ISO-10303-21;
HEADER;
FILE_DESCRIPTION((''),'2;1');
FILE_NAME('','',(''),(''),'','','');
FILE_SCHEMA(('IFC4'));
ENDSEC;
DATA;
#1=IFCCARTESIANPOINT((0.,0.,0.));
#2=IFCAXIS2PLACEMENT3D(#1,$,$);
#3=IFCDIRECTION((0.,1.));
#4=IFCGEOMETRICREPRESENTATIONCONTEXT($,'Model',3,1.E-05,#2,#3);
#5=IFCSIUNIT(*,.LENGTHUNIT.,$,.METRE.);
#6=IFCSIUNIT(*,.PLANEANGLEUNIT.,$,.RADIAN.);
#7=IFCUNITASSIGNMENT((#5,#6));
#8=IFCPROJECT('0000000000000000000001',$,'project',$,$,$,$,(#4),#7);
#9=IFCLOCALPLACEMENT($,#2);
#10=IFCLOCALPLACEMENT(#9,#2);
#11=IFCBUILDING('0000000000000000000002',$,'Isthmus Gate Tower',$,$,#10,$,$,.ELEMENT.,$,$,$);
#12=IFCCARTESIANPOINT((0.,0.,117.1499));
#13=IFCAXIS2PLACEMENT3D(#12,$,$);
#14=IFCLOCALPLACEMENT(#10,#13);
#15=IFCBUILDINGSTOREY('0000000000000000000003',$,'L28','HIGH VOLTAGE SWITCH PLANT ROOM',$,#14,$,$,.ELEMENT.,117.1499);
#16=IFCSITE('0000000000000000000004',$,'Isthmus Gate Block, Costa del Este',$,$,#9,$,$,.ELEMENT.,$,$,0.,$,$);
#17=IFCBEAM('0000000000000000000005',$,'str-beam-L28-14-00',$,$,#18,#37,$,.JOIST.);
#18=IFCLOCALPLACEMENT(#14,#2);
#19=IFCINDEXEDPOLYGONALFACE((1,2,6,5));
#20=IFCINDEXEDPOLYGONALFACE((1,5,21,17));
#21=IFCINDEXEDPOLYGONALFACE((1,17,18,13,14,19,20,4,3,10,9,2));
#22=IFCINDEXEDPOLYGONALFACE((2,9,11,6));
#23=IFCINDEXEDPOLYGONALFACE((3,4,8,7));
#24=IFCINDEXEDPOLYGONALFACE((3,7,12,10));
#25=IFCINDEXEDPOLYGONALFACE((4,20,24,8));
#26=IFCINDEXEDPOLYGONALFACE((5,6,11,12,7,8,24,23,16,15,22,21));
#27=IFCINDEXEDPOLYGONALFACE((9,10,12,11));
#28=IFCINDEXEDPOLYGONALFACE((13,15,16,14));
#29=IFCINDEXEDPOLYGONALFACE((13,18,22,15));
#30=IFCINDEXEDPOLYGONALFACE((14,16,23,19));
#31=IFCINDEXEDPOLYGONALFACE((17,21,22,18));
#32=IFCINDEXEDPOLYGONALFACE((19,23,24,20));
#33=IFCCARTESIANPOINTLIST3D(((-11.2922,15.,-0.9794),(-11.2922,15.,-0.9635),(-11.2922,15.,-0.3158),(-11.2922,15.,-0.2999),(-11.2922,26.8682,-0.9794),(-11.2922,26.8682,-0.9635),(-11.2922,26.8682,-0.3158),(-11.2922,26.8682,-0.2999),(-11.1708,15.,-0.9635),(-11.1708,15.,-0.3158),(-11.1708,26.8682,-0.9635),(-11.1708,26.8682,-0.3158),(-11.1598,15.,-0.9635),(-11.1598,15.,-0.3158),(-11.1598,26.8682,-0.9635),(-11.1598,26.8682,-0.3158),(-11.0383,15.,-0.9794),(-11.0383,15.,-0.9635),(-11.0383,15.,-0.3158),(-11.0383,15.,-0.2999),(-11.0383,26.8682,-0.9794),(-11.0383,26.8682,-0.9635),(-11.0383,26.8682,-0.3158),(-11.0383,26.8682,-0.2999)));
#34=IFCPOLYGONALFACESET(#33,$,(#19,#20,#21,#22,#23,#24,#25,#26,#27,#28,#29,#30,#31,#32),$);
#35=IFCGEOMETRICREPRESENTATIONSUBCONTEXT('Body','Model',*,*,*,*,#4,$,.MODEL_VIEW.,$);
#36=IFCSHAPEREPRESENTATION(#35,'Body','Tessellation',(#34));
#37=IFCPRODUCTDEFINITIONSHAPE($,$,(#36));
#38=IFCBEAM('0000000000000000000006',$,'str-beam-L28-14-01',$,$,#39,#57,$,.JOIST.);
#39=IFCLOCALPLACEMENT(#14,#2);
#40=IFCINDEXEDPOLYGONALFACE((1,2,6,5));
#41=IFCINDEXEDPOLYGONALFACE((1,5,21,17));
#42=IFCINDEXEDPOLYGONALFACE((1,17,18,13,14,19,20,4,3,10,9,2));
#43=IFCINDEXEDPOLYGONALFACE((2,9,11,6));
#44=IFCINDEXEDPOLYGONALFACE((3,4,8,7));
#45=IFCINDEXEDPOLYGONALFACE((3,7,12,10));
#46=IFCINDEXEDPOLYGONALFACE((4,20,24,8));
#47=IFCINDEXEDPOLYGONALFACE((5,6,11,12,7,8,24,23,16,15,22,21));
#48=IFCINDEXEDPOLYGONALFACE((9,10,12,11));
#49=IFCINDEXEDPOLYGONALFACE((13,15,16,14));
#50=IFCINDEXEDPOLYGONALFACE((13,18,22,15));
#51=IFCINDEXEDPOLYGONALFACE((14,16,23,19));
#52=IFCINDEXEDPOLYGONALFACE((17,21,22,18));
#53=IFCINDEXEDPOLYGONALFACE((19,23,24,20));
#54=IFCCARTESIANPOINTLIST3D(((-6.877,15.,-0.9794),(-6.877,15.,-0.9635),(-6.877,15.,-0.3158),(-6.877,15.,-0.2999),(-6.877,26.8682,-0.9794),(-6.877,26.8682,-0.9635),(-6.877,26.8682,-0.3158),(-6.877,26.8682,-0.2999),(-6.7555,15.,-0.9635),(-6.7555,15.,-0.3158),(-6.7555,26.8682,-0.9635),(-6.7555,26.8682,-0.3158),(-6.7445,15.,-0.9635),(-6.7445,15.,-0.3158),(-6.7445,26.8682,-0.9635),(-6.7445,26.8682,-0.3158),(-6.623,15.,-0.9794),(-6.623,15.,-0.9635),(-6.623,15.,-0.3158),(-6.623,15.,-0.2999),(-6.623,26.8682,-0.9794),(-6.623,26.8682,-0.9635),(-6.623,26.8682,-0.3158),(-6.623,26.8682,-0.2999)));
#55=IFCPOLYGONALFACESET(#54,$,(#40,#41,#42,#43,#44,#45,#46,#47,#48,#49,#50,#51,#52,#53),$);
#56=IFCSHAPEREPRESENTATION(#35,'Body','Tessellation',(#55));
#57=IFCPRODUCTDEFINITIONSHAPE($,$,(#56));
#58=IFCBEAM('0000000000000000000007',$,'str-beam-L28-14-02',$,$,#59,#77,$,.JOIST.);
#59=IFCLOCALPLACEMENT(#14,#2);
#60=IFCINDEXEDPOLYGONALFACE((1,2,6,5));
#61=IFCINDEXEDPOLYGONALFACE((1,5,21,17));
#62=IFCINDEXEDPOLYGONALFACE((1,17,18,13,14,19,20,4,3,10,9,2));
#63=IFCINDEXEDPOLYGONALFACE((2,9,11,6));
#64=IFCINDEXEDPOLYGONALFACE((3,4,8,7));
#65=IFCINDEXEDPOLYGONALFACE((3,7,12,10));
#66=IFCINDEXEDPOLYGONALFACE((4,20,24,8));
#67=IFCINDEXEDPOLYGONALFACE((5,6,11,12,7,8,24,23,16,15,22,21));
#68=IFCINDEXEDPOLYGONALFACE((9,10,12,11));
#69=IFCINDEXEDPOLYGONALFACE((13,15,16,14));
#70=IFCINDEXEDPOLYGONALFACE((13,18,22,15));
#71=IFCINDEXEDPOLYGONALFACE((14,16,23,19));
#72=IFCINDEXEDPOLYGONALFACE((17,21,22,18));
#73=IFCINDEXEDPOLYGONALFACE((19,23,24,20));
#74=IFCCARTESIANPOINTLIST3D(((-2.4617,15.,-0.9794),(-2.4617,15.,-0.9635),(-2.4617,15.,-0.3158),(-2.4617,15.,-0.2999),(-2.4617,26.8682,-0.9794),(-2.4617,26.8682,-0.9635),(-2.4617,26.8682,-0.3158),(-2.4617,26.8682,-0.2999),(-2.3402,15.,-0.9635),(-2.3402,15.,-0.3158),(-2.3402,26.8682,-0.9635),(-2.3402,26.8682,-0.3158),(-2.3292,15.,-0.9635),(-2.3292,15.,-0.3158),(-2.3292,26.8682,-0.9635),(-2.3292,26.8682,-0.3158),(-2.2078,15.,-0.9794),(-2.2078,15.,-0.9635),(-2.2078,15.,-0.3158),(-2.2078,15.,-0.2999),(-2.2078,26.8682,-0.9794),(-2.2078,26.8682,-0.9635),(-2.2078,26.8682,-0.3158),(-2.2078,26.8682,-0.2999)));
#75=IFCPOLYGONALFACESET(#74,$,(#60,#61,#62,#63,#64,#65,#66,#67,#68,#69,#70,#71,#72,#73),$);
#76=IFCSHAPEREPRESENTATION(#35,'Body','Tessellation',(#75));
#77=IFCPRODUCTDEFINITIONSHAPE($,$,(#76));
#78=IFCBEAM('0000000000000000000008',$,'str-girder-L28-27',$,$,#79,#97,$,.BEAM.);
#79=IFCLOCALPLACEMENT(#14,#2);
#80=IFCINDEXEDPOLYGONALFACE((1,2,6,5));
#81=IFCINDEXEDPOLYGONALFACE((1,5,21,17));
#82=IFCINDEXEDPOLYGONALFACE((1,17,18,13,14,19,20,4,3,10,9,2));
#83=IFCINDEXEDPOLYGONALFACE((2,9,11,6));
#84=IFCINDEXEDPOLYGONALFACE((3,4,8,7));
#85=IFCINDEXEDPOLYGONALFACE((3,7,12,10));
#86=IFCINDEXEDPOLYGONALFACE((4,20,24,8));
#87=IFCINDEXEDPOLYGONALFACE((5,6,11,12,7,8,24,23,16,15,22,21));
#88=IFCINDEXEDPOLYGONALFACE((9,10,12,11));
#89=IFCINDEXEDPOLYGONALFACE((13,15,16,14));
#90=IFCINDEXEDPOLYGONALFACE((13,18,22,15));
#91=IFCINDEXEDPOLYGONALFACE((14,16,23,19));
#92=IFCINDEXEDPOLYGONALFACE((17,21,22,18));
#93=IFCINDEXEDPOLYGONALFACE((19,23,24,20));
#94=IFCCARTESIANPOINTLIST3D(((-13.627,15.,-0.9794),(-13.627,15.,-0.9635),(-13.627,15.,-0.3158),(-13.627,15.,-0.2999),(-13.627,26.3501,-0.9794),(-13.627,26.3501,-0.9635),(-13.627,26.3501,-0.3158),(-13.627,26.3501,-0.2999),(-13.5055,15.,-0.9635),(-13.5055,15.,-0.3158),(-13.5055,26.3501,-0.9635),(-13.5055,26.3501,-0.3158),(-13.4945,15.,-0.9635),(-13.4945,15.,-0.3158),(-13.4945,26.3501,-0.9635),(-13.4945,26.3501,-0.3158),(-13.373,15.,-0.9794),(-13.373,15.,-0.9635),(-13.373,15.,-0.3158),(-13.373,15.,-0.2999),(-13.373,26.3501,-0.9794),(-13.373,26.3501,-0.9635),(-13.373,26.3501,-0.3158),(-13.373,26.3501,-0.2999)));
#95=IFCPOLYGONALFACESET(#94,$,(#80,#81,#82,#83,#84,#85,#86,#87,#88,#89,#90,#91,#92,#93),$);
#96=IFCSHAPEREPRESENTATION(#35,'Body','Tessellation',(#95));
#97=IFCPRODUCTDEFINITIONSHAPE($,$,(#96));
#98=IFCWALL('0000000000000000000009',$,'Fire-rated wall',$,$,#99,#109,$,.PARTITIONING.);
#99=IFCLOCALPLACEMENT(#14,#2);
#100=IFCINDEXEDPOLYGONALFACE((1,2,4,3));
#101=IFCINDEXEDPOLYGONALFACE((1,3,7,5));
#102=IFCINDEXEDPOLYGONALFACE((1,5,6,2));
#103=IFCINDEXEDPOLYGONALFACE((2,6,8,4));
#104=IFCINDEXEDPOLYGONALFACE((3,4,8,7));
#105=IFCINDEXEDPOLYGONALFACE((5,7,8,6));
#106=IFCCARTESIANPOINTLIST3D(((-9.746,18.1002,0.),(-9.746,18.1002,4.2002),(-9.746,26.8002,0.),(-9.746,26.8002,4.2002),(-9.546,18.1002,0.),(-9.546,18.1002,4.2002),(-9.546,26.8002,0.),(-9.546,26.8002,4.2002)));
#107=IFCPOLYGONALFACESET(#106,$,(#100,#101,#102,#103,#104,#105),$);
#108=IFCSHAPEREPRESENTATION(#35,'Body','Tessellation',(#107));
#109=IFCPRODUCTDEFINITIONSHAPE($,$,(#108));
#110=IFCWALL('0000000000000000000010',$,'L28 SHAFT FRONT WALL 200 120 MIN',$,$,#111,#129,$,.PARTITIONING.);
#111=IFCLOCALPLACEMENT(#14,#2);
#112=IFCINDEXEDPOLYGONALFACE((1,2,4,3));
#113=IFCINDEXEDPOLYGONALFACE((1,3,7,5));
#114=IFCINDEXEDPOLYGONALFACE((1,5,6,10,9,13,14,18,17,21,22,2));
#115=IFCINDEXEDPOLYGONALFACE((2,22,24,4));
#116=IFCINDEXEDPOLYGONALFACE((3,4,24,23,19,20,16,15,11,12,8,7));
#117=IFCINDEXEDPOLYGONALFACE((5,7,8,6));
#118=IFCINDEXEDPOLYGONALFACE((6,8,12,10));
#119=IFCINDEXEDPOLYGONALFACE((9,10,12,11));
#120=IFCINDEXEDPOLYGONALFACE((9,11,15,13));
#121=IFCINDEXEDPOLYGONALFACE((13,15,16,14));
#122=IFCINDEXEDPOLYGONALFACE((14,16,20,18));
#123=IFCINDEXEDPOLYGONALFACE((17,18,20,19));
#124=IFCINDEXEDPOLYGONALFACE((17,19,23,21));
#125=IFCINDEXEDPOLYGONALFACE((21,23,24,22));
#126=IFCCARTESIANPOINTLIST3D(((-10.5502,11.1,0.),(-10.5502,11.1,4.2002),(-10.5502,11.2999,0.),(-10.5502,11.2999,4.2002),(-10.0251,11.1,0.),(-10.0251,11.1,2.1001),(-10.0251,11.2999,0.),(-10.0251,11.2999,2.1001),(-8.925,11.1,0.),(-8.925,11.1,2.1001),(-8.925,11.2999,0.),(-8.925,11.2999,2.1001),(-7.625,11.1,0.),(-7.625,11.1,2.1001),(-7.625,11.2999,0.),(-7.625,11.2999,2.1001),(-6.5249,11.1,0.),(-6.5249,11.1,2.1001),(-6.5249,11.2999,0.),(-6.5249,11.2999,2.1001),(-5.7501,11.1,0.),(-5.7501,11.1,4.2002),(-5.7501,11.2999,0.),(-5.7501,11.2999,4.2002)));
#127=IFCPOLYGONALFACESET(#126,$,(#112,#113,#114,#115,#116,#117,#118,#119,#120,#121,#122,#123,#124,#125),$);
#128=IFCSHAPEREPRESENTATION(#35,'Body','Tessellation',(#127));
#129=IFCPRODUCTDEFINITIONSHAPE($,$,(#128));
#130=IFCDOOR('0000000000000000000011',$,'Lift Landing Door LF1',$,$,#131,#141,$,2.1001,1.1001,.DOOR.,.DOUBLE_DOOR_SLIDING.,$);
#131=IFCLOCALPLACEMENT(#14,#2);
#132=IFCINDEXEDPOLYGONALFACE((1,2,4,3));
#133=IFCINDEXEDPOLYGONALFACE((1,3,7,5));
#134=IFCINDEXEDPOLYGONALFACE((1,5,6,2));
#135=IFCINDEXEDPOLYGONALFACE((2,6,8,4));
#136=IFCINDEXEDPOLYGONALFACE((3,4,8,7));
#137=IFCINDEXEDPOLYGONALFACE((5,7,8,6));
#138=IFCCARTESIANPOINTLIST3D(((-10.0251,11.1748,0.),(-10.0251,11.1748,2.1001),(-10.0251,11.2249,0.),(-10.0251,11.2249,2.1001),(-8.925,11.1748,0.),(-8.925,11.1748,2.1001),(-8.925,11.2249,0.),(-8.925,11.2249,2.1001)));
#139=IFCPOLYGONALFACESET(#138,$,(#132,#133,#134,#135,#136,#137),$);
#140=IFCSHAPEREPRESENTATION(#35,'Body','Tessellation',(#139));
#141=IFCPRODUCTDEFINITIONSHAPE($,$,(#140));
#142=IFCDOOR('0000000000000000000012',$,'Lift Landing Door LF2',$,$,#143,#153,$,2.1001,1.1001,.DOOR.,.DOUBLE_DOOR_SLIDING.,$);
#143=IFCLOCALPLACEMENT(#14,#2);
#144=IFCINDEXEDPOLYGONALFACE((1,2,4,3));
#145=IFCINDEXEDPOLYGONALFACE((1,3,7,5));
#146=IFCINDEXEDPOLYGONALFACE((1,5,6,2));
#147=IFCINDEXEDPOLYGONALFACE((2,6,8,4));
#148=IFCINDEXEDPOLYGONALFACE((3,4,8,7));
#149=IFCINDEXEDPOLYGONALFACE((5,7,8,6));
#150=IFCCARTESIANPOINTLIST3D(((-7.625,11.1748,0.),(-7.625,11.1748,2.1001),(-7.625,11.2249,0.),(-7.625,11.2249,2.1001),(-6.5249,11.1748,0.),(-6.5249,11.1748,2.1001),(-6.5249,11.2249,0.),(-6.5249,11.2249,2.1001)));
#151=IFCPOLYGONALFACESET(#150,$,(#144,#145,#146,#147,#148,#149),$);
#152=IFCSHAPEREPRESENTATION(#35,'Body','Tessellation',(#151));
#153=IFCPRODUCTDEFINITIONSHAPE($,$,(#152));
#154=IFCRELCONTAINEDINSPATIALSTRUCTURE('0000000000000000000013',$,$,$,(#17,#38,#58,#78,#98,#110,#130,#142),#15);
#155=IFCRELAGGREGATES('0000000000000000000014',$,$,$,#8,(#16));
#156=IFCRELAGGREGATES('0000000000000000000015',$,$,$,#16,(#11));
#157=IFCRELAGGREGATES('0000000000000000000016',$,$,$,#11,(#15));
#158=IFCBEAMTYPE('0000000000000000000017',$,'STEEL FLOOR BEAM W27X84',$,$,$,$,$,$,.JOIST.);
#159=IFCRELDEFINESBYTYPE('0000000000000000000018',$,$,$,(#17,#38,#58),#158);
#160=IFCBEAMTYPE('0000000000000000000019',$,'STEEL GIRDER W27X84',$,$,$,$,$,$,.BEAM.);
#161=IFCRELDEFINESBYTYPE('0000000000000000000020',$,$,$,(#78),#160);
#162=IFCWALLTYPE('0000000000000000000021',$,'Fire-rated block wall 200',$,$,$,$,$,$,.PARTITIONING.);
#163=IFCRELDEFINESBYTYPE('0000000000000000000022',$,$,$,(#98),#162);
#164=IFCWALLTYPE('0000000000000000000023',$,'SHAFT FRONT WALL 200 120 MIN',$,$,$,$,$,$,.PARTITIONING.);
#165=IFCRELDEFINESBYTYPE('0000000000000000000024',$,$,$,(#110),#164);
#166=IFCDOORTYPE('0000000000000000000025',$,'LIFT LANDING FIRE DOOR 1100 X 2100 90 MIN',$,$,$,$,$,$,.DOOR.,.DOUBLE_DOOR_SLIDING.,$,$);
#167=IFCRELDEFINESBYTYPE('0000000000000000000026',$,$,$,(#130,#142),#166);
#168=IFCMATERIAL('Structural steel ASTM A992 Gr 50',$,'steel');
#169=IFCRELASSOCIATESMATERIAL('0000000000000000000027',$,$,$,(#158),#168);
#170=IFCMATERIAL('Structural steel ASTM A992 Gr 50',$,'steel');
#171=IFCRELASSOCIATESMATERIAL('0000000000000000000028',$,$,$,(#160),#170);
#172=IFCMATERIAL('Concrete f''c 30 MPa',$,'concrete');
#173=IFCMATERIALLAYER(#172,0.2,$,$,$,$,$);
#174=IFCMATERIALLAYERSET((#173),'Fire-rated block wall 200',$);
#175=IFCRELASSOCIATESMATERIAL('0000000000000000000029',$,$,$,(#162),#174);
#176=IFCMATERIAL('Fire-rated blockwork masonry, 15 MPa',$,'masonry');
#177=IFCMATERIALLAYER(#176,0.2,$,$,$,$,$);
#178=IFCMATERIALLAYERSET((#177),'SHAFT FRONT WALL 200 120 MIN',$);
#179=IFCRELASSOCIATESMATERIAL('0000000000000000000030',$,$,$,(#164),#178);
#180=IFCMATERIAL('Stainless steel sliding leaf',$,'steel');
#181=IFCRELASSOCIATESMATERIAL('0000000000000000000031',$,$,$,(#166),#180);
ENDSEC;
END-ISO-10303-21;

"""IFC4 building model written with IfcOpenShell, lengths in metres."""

from ifc_helpers import new_model, si_unit, direction, frame, frame_2d, origin, origin_2d, place, context, subcontext, project, spatial, rectangle, i_section, extrude, material, layer, layer_set, material_profile, profile_set, type_object, element, fill, save


model = new_model("IFC4")

# Units and contexts
model_context = context("Model", 3, precision=1e-05, world=origin(), true_north=direction((0.0, 1.0)))
body_context = subcontext(model_context, "Body", "Model", "MODEL_VIEW")
ifc_project = project(units=[si_unit("LENGTHUNIT", "METRE"), si_unit("PLANEANGLEUNIT", "RADIAN")], contexts=[model_context])

# Site, building, storey
site_placement = place(None, origin())
site = spatial("IfcSite", under=ifc_project, at=site_placement, Name="Isthmus Gate Block, Costa del Este", CompositionType="ELEMENT", RefElevation=0.0)
building_placement = place(site_placement, origin())
building = spatial("IfcBuilding", under=site, at=building_placement, Name="Isthmus Gate Tower", CompositionType="ELEMENT")
storey_placement = place(building_placement, frame((0.0, 0.0, 117.1499)))
storey = spatial("IfcBuildingStorey", under=building, at=storey_placement, Name="L28", Description="HIGH VOLTAGE SWITCH PLANT ROOM", CompositionType="ELEMENT", Elevation=117.1499)

# Beams
ifc_material_1 = material(Name="Structural steel ASTM A992 Gr 50", Category="steel")
ifc_material_profile_1 = material_profile(ifc_material_1, i_section(OverallWidth=0.2539, OverallDepth=0.6794, WebThickness=0.011, FlangeThickness=0.0159, at=origin_2d()), Name="W27X84")
ifc_profile_set_1 = profile_set([ifc_material_profile_1], Name="Structural steel ASTM A992 Gr 50")
beam_type_1 = type_object("IfcBeamType", Name="STEEL FLOOR BEAM W27X84", PredefinedType="JOIST", material=ifc_profile_set_1)
for number, where, z_axis, x_axis, name in (
    (1, (-11.1653, 15.0, -0.6396), (0.0, 1.0, 0.0), (-1.0, 0.0, 0.0), "str-beam-L28-14-00"),
    (2, (-6.75, 15.0, -0.6396), (0.0, 1.0, 0.0), (-1.0, 0.0, 0.0), "str-beam-L28-14-01"),
    (3, (-2.3347, 15.0, -0.6396), (0.0, 1.0, 0.0), (-1.0, 0.0, 0.0), "str-beam-L28-14-02"),
):
    element("IfcBeam", number, at=place(storey_placement, frame(where, z_axis=z_axis, x_axis=x_axis)), inside=storey, type_object=beam_type_1, Name=name, PredefinedType="JOIST", context=body_context, shape_type="SweptSolid", body=[
        extrude(i_section(OverallWidth=0.2539, OverallDepth=0.6794, WebThickness=0.011, FlangeThickness=0.0159, at=origin_2d()), origin(), (0.0, 0.0, 1.0), 11.8682),
    ])
ifc_material_2 = material(Name="Structural steel ASTM A992 Gr 50", Category="steel")
ifc_material_profile_2 = material_profile(ifc_material_2, i_section(OverallWidth=0.2539, OverallDepth=0.6794, WebThickness=0.011, FlangeThickness=0.0159, at=origin_2d()), Name="W27X84")
ifc_profile_set_2 = profile_set([ifc_material_profile_2], Name="Structural steel ASTM A992 Gr 50")
beam_type_2 = type_object("IfcBeamType", Name="STEEL GIRDER W27X84", PredefinedType="BEAM", material=ifc_profile_set_2)
beam_placement = place(storey_placement, frame((-13.5, 15.0, -0.6396), z_axis=(0.0, 1.0, 0.0), x_axis=(-1.0, 0.0, 0.0)))
element("IfcBeam", 4, at=beam_placement, inside=storey, type_object=beam_type_2, Name="str-girder-L28-27", PredefinedType="BEAM", context=body_context, shape_type="SweptSolid", body=[
    extrude(i_section(OverallWidth=0.2539, OverallDepth=0.6794, WebThickness=0.011, FlangeThickness=0.0159, at=origin_2d()), origin(), (0.0, 0.0, 1.0), 11.3501),
])

# Wall
ifc_material_3 = material(Name="Concrete f'c 30 MPa", Category="concrete")
ifc_layer_1 = layer(ifc_material_3, 0.2)
ifc_layer_set_1 = layer_set([ifc_layer_1], Name="Fire-rated block wall 200")
wall_type_1 = type_object("IfcWallType", Name="Fire-rated block wall 200", PredefinedType="PARTITIONING", material=ifc_layer_set_1)
wall_1_placement = place(storey_placement, frame((-9.646, 18.1001, 0.0), z_axis=(0.0, 0.0, 1.0), x_axis=(0.0, 1.0, 0.0)))
element("IfcWall", 5, at=wall_1_placement, inside=storey, type_object=wall_type_1, Name="Fire-rated wall", PredefinedType="PARTITIONING", context=body_context, shape_type="SweptSolid", body=[
    extrude(rectangle(XDim=8.7, YDim=0.2, at=frame_2d((4.3501, 0.0))), origin(), (0.0, 0.0, 1.0), 4.2002),
])

# Wall, openings, doors
ifc_material_4 = material(Name="Fire-rated blockwork masonry, 15 MPa", Category="masonry")
ifc_layer_2 = layer(ifc_material_4, 0.2)
ifc_layer_set_2 = layer_set([ifc_layer_2], Name="SHAFT FRONT WALL 200 120 MIN")
wall_type_2 = type_object("IfcWallType", Name="SHAFT FRONT WALL 200 120 MIN", PredefinedType="PARTITIONING", material=ifc_layer_set_2)
wall_2_placement = place(storey_placement, frame((-10.55, 11.2, 0.0), z_axis=(0.0, 0.0, 1.0), x_axis=(1.0, 0.0, 0.0)))
wall_2 = element("IfcWall", 6, at=wall_2_placement, inside=storey, type_object=wall_type_2, Name="L28 SHAFT FRONT WALL 200 120 MIN", PredefinedType="PARTITIONING", context=body_context, shape_type="SweptSolid", body=[
    extrude(rectangle(XDim=4.8, YDim=0.2, at=frame_2d((2.3999, 0.0))), origin(), (0.0, 0.0, 1.0), 4.2002),
])
opening_1_placement = place(wall_2_placement, frame((0.5249, 0.0, 0.0)))
opening_1 = element("IfcOpeningElement", 7, at=opening_1_placement, cuts=wall_2, PredefinedType="OPENING", context=body_context, shape_type="SweptSolid", body=[
    extrude(rectangle(XDim=1.1001, YDim=2.1001, at=frame_2d((0.55, 1.05))), frame((0.0, 0.1099, 0.0), z_axis=(0.0, -1.0, 0.0), x_axis=(1.0, 0.0, 0.0)), (0.0, 0.0, 1.0), 0.22),
])
opening_2_placement = place(wall_2_placement, frame((2.925, 0.0, 0.0)))
opening_2 = element("IfcOpeningElement", 8, at=opening_2_placement, cuts=wall_2, PredefinedType="OPENING", context=body_context, shape_type="SweptSolid", body=[
    extrude(rectangle(XDim=1.1001, YDim=2.1001, at=frame_2d((0.55, 1.05))), frame((0.0, 0.1099, 0.0), z_axis=(0.0, -1.0, 0.0), x_axis=(1.0, 0.0, 0.0)), (0.0, 0.0, 1.0), 0.22),
])
ifc_material_5 = material(Name="Stainless steel sliding leaf", Category="steel")
door_type_1 = type_object("IfcDoorType", Name="LIFT LANDING FIRE DOOR 1100 X 2100 90 MIN", OperationType="DOUBLE_DOOR_SLIDING", PredefinedType="DOOR", material=ifc_material_5)
door_1_placement = place(opening_1_placement, origin())
door_1 = element("IfcDoor", 9, at=door_1_placement, inside=storey, type_object=door_type_1, Name="Lift Landing Door LF1", OperationType="DOUBLE_DOOR_SLIDING", OverallHeight=2.1001, OverallWidth=1.1001, PredefinedType="DOOR", context=body_context, shape_type="SweptSolid", body=[
    extrude(rectangle(XDim=1.1001, YDim=2.1001, at=frame_2d((0.55, 1.05))), frame((0.0, 0.0249, 0.0), z_axis=(0.0, -1.0, 0.0), x_axis=(1.0, 0.0, 0.0)), (0.0, 0.0, 1.0), 0.05),
])
fill(opening_1, door_1)
door_2_placement = place(opening_2_placement, origin())
door_2 = element("IfcDoor", 10, at=door_2_placement, inside=storey, type_object=door_type_1, Name="Lift Landing Door LF2", OperationType="DOUBLE_DOOR_SLIDING", OverallHeight=2.1001, OverallWidth=1.1001, PredefinedType="DOOR", context=body_context, shape_type="SweptSolid", body=[
    extrude(rectangle(XDim=1.1001, YDim=2.1001, at=frame_2d((0.55, 1.05))), frame((0.0, 0.0249, 0.0), z_axis=(0.0, -1.0, 0.0), x_axis=(1.0, 0.0, 0.0)), (0.0, 0.0, 1.0), 0.05),
])
fill(opening_2, door_2)

save(model, "model.ifc")
